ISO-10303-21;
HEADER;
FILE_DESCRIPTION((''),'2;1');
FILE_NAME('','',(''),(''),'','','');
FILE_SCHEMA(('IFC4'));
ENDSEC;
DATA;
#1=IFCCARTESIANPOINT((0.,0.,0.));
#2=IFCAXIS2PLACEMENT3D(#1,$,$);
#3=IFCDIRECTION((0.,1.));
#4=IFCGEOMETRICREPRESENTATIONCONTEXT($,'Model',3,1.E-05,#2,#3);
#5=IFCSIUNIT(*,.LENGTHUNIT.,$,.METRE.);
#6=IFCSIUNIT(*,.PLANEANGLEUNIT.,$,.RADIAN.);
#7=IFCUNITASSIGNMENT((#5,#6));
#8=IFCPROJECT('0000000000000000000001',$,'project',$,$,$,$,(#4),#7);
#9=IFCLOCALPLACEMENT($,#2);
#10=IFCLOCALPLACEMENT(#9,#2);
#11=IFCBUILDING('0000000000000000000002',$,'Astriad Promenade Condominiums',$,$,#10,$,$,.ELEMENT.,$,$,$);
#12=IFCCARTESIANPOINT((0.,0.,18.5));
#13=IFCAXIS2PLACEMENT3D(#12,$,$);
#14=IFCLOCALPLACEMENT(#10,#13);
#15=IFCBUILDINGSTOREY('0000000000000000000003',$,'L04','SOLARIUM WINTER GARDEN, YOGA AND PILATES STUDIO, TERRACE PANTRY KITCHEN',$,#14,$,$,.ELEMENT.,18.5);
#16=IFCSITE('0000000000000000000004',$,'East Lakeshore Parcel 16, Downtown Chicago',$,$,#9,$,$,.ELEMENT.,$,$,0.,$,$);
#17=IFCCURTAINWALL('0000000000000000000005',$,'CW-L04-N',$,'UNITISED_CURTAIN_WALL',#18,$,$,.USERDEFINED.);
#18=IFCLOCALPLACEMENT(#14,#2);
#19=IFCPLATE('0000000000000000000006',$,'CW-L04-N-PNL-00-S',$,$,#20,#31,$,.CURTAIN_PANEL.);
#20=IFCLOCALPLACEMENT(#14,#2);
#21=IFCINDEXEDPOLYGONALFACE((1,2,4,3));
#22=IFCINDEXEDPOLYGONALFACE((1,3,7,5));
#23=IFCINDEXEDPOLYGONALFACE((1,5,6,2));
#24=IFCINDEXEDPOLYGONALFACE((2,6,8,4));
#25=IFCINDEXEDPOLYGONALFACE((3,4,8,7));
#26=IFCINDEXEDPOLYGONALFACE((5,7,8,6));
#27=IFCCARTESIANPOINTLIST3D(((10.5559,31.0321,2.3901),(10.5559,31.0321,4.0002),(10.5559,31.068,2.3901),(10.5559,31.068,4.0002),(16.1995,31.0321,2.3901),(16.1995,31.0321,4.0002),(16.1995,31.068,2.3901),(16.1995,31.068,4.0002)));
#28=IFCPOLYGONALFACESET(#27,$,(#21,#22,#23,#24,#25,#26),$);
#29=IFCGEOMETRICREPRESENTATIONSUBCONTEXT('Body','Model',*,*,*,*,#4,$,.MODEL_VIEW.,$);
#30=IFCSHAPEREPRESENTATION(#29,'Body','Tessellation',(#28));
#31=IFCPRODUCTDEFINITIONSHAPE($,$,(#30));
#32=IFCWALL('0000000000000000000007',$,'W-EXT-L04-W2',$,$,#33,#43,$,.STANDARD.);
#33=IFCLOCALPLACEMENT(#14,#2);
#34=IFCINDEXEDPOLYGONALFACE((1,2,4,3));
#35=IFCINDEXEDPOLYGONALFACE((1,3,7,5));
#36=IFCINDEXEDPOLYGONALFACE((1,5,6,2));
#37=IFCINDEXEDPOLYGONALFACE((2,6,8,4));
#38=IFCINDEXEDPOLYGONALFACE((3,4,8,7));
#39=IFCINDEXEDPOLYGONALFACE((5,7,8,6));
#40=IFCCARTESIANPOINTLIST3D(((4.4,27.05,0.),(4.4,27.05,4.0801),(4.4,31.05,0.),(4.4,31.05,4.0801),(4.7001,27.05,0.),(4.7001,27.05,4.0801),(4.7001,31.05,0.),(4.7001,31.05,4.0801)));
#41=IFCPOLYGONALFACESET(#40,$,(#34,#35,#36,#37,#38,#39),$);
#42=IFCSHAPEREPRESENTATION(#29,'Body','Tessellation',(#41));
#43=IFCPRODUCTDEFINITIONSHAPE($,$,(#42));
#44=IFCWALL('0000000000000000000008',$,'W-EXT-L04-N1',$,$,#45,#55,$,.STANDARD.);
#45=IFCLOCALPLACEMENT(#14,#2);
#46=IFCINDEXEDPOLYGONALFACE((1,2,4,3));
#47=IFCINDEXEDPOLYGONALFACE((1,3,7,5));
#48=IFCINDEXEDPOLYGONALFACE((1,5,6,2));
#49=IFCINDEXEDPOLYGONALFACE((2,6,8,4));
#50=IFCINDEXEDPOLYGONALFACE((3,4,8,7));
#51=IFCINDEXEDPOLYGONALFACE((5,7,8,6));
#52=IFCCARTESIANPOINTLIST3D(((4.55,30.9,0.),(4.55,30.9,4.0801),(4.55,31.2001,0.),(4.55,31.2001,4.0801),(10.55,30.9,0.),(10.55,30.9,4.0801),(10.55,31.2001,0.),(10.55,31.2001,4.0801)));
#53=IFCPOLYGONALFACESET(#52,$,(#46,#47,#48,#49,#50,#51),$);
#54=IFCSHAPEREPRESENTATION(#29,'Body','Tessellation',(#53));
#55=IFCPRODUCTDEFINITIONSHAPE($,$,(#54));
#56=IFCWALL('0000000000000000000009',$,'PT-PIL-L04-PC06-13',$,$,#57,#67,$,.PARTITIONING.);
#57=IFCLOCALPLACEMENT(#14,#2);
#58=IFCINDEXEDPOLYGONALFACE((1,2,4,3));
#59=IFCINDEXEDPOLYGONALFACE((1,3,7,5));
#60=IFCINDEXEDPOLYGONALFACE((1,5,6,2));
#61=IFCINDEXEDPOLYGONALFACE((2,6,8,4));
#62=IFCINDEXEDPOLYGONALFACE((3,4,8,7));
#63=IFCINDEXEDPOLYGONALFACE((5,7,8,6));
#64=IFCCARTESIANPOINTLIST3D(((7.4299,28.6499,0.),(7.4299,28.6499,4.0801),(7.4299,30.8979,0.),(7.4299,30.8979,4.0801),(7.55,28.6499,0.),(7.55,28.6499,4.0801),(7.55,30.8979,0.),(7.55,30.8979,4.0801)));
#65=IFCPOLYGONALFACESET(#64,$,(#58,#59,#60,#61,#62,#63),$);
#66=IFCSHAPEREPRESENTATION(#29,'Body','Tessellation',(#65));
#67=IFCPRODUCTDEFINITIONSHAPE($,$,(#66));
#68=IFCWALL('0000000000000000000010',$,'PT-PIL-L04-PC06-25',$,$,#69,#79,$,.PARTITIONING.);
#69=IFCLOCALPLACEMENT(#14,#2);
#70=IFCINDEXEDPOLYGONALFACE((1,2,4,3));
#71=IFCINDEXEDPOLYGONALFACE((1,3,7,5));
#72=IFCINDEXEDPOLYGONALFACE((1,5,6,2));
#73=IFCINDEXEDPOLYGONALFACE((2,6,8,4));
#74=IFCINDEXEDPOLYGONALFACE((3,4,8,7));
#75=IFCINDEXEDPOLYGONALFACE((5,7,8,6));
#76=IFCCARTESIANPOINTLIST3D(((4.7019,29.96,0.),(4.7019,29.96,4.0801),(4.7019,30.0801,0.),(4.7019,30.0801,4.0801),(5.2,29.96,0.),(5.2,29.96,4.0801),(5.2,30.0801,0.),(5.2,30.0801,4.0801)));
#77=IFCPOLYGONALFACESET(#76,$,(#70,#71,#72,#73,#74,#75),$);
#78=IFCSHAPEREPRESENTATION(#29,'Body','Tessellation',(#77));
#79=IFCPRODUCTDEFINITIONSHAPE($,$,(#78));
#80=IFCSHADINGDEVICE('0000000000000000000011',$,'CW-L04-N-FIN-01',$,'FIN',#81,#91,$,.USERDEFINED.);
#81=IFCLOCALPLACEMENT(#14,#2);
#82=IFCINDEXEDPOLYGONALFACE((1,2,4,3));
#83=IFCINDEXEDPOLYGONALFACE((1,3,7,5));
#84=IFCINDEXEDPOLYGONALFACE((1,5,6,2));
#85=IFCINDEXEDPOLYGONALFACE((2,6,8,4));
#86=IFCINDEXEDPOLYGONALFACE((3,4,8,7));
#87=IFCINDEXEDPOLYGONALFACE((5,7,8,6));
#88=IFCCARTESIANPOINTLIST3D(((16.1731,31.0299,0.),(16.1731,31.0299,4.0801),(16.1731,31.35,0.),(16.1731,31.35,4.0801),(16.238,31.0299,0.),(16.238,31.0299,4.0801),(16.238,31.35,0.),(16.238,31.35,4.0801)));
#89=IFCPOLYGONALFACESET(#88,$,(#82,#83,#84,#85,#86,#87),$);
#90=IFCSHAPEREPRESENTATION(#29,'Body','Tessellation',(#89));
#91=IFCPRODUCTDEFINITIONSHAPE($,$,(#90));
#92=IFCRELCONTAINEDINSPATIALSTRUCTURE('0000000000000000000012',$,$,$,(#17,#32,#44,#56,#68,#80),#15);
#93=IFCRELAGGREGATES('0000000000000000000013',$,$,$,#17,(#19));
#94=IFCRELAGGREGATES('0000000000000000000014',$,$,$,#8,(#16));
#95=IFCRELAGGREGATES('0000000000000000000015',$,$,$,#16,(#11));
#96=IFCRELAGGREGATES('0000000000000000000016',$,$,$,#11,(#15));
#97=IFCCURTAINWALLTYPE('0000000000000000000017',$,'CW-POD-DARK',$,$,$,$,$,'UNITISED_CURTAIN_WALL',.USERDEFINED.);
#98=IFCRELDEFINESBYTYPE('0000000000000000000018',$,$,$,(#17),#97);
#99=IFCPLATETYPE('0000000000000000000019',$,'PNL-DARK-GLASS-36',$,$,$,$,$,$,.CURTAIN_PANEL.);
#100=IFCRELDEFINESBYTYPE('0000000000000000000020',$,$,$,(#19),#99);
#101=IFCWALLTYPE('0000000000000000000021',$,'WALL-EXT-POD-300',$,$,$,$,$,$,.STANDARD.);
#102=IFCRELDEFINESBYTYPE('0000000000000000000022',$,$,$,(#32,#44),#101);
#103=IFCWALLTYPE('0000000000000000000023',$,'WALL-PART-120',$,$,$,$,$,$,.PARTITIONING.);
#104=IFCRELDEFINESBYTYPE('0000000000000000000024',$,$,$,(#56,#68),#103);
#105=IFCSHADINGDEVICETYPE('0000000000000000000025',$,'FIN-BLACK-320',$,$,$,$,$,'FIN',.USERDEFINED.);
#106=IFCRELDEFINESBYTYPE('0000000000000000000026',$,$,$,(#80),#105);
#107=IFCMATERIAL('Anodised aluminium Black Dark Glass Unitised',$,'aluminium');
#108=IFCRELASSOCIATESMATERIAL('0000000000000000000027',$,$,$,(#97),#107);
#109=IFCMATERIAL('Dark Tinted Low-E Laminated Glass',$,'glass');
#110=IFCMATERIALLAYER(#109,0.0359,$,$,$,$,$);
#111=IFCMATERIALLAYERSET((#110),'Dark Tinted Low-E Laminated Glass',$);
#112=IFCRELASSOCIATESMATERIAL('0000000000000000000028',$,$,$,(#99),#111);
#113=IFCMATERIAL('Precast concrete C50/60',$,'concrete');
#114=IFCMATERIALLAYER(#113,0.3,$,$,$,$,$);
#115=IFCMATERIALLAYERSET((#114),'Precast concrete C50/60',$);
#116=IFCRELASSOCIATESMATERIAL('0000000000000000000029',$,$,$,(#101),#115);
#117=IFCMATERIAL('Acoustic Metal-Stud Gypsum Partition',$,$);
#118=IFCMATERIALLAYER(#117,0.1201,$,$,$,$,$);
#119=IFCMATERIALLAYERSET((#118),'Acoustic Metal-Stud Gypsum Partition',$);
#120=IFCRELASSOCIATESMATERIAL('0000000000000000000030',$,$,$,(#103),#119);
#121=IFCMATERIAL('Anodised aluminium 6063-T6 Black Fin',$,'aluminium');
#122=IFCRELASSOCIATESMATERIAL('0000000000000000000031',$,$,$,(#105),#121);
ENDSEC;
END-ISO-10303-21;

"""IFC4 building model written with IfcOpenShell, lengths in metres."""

from ifc_helpers import new_model, si_unit, direction, frame, frame_2d, origin, origin_2d, place, context, subcontext, project, spatial, rectangle, extrude, source, transform, mapped, material, layer, layer_set, type_object, type_shapes, element, aggregate, save


model = new_model("IFC4")

# Units and contexts
model_context = context("Model", 3, precision=1e-05, world=origin(), true_north=direction((0.0, 1.0)))
body_context = subcontext(model_context, "Body", "Model", "MODEL_VIEW")
ifc_project = project(units=[si_unit("LENGTHUNIT", "METRE"), si_unit("PLANEANGLEUNIT", "RADIAN")], contexts=[model_context])

# Site, building, storey
site_placement = place(None, origin())
site = spatial("IfcSite", under=ifc_project, at=site_placement, Name="East Lakeshore Parcel 16, Downtown Chicago", CompositionType="ELEMENT", RefElevation=0.0)
building_placement = place(site_placement, origin())
building = spatial("IfcBuilding", under=site, at=building_placement, Name="Astriad Promenade Condominiums", CompositionType="ELEMENT")
storey_placement = place(building_placement, frame((0.0, 0.0, 18.5)))
storey = spatial("IfcBuildingStorey", under=building, at=storey_placement, Name="L04", Description="SOLARIUM WINTER GARDEN, YOGA AND PILATES STUDIO, TERRACE PANTRY KITCHEN", CompositionType="ELEMENT", Elevation=18.5)

# Shared definitions
ifc_material_1 = material(Name="Anodised aluminium Black Dark Glass Unitised", Category="aluminium")
curtain_wall_type = type_object("IfcCurtainWallType", Name="CW-POD-DARK", ElementType="UNITISED_CURTAIN_WALL", PredefinedType="USERDEFINED", material=ifc_material_1)

# Curtain wall
curtain_wall_1_placement = place(storey_placement, origin())
curtain_wall_1 = element("IfcCurtainWall", 1, at=curtain_wall_1_placement, inside=storey, type_object=curtain_wall_type, Name="CW-L04-N", ObjectType="UNITISED_CURTAIN_WALL", PredefinedType="USERDEFINED")

# Plate
ifc_material_2 = material(Name="Dark Tinted Low-E Laminated Glass", Category="glass")
ifc_layer_1 = layer(ifc_material_2, 0.0359)
ifc_layer_set_1 = layer_set([ifc_layer_1], Name="Dark Tinted Low-E Laminated Glass")
plate_type_1 = type_object("IfcPlateType", Name="PNL-DARK-GLASS-36", PredefinedType="CURTAIN_PANEL", material=ifc_layer_set_1)
shared_shape_1 = source(origin(), body_context, "Body", "SweptSolid", [
    extrude(rectangle(XDim=5.6436, YDim=0.0359, at=origin_2d()), origin(), (0.0, 0.0, 1.0), 1.6101),
])
plate_1_placement = place(storey_placement, frame((13.3777, 31.05, 2.3901), z_axis=(0.0, 0.0, 1.0), x_axis=(1.0, 0.0, 0.0)))
plate_1 = element("IfcPlate", 2, at=plate_1_placement, type_object=plate_type_1, Name="CW-L04-N-PNL-00-S", PredefinedType="CURTAIN_PANEL", context=body_context, shape_type="MappedRepresentation", body=[
    mapped(shared_shape_1, transform((0.0, 0.0, 0.0), scale=1.0)),
])
aggregate(curtain_wall_1, [plate_1])

# Walls
ifc_material_3 = material(Name="Precast concrete C50/60", Category="concrete")
ifc_layer_2 = layer(ifc_material_3, 0.3)
ifc_layer_set_2 = layer_set([ifc_layer_2], Name="Precast concrete C50/60")
wall_type_1 = type_object("IfcWallType", Name="WALL-EXT-POD-300", PredefinedType="STANDARD", material=ifc_layer_set_2)
wall_1_placement = place(storey_placement, frame((4.55, 27.05, 0.0), z_axis=(0.0, 0.0, 1.0), x_axis=(0.0, 1.0, 0.0)))
element("IfcWall", 3, at=wall_1_placement, inside=storey, type_object=wall_type_1, Name="W-EXT-L04-W2", PredefinedType="STANDARD", context=body_context, shape_type="SweptSolid", body=[
    extrude(rectangle(XDim=4.0, YDim=0.3, at=frame_2d((2.0, 0.0))), origin(), (0.0, 0.0, 1.0), 4.0801),
])
wall_2_placement = place(storey_placement, frame((4.55, 31.05, 0.0), z_axis=(0.0, 0.0, 1.0), x_axis=(1.0, 0.0, 0.0)))
element("IfcWall", 4, at=wall_2_placement, inside=storey, type_object=wall_type_1, Name="W-EXT-L04-N1", PredefinedType="STANDARD", context=body_context, shape_type="SweptSolid", body=[
    extrude(rectangle(XDim=6.0, YDim=0.3, at=frame_2d((3.0, 0.0))), origin(), (0.0, 0.0, 1.0), 4.0801),
])
ifc_material_4 = material(Name="Acoustic Metal-Stud Gypsum Partition")
ifc_layer_3 = layer(ifc_material_4, 0.1201)
ifc_layer_set_3 = layer_set([ifc_layer_3], Name="Acoustic Metal-Stud Gypsum Partition")
wall_type_2 = type_object("IfcWallType", Name="WALL-PART-120", PredefinedType="PARTITIONING", material=ifc_layer_set_3)
wall_3_placement = place(storey_placement, frame((7.49, 28.6499, 0.0), z_axis=(0.0, 0.0, 1.0), x_axis=(0.0, 1.0, 0.0)))
element("IfcWall", 5, at=wall_3_placement, inside=storey, type_object=wall_type_2, Name="PT-PIL-L04-PC06-13", PredefinedType="PARTITIONING", context=body_context, shape_type="SweptSolid", body=[
    extrude(rectangle(XDim=2.248, YDim=0.1201, at=frame_2d((1.124, 0.0))), origin(), (0.0, 0.0, 1.0), 4.0801),
])
wall_4_placement = place(storey_placement, frame((5.2, 30.02, 0.0), z_axis=(0.0, 0.0, 1.0), x_axis=(-1.0, 0.0, 0.0)))
element("IfcWall", 6, at=wall_4_placement, inside=storey, type_object=wall_type_2, Name="PT-PIL-L04-PC06-25", PredefinedType="PARTITIONING", context=body_context, shape_type="SweptSolid", body=[
    extrude(rectangle(XDim=0.498, YDim=0.1201, at=frame_2d((0.249, 0.0))), origin(), (0.0, 0.0, 1.0), 4.0801),
])

# Shading device
ifc_material_5 = material(Name="Anodised aluminium 6063-T6 Black Fin", Category="aluminium")
shading_device_type = type_object("IfcShadingDeviceType", Name="FIN-BLACK-320", ElementType="FIN", PredefinedType="USERDEFINED", material=ifc_material_5)
shared_shape_2 = source(origin(), body_context, "Body", "SweptSolid", [
    extrude(rectangle(XDim=0.0649, YDim=0.3201, at=origin_2d()), origin(), (0.0, 0.0, 1.0), 4.0801),
])
type_shapes(shading_device_type, [shared_shape_2])
shading_device_placement = place(storey_placement, frame((16.2056, 31.1899, 0.0), z_axis=(0.0, 0.0, 1.0), x_axis=(1.0, 0.0, 0.0)))
element("IfcShadingDevice", 7, at=shading_device_placement, inside=storey, type_object=shading_device_type, Name="CW-L04-N-FIN-01", ObjectType="FIN", PredefinedType="USERDEFINED", context=body_context, shape_type="MappedRepresentation", body=[
    mapped(shared_shape_2, transform((0.0, 0.0, 0.0), scale=1.0)),
])

save(model, "model.ifc")
